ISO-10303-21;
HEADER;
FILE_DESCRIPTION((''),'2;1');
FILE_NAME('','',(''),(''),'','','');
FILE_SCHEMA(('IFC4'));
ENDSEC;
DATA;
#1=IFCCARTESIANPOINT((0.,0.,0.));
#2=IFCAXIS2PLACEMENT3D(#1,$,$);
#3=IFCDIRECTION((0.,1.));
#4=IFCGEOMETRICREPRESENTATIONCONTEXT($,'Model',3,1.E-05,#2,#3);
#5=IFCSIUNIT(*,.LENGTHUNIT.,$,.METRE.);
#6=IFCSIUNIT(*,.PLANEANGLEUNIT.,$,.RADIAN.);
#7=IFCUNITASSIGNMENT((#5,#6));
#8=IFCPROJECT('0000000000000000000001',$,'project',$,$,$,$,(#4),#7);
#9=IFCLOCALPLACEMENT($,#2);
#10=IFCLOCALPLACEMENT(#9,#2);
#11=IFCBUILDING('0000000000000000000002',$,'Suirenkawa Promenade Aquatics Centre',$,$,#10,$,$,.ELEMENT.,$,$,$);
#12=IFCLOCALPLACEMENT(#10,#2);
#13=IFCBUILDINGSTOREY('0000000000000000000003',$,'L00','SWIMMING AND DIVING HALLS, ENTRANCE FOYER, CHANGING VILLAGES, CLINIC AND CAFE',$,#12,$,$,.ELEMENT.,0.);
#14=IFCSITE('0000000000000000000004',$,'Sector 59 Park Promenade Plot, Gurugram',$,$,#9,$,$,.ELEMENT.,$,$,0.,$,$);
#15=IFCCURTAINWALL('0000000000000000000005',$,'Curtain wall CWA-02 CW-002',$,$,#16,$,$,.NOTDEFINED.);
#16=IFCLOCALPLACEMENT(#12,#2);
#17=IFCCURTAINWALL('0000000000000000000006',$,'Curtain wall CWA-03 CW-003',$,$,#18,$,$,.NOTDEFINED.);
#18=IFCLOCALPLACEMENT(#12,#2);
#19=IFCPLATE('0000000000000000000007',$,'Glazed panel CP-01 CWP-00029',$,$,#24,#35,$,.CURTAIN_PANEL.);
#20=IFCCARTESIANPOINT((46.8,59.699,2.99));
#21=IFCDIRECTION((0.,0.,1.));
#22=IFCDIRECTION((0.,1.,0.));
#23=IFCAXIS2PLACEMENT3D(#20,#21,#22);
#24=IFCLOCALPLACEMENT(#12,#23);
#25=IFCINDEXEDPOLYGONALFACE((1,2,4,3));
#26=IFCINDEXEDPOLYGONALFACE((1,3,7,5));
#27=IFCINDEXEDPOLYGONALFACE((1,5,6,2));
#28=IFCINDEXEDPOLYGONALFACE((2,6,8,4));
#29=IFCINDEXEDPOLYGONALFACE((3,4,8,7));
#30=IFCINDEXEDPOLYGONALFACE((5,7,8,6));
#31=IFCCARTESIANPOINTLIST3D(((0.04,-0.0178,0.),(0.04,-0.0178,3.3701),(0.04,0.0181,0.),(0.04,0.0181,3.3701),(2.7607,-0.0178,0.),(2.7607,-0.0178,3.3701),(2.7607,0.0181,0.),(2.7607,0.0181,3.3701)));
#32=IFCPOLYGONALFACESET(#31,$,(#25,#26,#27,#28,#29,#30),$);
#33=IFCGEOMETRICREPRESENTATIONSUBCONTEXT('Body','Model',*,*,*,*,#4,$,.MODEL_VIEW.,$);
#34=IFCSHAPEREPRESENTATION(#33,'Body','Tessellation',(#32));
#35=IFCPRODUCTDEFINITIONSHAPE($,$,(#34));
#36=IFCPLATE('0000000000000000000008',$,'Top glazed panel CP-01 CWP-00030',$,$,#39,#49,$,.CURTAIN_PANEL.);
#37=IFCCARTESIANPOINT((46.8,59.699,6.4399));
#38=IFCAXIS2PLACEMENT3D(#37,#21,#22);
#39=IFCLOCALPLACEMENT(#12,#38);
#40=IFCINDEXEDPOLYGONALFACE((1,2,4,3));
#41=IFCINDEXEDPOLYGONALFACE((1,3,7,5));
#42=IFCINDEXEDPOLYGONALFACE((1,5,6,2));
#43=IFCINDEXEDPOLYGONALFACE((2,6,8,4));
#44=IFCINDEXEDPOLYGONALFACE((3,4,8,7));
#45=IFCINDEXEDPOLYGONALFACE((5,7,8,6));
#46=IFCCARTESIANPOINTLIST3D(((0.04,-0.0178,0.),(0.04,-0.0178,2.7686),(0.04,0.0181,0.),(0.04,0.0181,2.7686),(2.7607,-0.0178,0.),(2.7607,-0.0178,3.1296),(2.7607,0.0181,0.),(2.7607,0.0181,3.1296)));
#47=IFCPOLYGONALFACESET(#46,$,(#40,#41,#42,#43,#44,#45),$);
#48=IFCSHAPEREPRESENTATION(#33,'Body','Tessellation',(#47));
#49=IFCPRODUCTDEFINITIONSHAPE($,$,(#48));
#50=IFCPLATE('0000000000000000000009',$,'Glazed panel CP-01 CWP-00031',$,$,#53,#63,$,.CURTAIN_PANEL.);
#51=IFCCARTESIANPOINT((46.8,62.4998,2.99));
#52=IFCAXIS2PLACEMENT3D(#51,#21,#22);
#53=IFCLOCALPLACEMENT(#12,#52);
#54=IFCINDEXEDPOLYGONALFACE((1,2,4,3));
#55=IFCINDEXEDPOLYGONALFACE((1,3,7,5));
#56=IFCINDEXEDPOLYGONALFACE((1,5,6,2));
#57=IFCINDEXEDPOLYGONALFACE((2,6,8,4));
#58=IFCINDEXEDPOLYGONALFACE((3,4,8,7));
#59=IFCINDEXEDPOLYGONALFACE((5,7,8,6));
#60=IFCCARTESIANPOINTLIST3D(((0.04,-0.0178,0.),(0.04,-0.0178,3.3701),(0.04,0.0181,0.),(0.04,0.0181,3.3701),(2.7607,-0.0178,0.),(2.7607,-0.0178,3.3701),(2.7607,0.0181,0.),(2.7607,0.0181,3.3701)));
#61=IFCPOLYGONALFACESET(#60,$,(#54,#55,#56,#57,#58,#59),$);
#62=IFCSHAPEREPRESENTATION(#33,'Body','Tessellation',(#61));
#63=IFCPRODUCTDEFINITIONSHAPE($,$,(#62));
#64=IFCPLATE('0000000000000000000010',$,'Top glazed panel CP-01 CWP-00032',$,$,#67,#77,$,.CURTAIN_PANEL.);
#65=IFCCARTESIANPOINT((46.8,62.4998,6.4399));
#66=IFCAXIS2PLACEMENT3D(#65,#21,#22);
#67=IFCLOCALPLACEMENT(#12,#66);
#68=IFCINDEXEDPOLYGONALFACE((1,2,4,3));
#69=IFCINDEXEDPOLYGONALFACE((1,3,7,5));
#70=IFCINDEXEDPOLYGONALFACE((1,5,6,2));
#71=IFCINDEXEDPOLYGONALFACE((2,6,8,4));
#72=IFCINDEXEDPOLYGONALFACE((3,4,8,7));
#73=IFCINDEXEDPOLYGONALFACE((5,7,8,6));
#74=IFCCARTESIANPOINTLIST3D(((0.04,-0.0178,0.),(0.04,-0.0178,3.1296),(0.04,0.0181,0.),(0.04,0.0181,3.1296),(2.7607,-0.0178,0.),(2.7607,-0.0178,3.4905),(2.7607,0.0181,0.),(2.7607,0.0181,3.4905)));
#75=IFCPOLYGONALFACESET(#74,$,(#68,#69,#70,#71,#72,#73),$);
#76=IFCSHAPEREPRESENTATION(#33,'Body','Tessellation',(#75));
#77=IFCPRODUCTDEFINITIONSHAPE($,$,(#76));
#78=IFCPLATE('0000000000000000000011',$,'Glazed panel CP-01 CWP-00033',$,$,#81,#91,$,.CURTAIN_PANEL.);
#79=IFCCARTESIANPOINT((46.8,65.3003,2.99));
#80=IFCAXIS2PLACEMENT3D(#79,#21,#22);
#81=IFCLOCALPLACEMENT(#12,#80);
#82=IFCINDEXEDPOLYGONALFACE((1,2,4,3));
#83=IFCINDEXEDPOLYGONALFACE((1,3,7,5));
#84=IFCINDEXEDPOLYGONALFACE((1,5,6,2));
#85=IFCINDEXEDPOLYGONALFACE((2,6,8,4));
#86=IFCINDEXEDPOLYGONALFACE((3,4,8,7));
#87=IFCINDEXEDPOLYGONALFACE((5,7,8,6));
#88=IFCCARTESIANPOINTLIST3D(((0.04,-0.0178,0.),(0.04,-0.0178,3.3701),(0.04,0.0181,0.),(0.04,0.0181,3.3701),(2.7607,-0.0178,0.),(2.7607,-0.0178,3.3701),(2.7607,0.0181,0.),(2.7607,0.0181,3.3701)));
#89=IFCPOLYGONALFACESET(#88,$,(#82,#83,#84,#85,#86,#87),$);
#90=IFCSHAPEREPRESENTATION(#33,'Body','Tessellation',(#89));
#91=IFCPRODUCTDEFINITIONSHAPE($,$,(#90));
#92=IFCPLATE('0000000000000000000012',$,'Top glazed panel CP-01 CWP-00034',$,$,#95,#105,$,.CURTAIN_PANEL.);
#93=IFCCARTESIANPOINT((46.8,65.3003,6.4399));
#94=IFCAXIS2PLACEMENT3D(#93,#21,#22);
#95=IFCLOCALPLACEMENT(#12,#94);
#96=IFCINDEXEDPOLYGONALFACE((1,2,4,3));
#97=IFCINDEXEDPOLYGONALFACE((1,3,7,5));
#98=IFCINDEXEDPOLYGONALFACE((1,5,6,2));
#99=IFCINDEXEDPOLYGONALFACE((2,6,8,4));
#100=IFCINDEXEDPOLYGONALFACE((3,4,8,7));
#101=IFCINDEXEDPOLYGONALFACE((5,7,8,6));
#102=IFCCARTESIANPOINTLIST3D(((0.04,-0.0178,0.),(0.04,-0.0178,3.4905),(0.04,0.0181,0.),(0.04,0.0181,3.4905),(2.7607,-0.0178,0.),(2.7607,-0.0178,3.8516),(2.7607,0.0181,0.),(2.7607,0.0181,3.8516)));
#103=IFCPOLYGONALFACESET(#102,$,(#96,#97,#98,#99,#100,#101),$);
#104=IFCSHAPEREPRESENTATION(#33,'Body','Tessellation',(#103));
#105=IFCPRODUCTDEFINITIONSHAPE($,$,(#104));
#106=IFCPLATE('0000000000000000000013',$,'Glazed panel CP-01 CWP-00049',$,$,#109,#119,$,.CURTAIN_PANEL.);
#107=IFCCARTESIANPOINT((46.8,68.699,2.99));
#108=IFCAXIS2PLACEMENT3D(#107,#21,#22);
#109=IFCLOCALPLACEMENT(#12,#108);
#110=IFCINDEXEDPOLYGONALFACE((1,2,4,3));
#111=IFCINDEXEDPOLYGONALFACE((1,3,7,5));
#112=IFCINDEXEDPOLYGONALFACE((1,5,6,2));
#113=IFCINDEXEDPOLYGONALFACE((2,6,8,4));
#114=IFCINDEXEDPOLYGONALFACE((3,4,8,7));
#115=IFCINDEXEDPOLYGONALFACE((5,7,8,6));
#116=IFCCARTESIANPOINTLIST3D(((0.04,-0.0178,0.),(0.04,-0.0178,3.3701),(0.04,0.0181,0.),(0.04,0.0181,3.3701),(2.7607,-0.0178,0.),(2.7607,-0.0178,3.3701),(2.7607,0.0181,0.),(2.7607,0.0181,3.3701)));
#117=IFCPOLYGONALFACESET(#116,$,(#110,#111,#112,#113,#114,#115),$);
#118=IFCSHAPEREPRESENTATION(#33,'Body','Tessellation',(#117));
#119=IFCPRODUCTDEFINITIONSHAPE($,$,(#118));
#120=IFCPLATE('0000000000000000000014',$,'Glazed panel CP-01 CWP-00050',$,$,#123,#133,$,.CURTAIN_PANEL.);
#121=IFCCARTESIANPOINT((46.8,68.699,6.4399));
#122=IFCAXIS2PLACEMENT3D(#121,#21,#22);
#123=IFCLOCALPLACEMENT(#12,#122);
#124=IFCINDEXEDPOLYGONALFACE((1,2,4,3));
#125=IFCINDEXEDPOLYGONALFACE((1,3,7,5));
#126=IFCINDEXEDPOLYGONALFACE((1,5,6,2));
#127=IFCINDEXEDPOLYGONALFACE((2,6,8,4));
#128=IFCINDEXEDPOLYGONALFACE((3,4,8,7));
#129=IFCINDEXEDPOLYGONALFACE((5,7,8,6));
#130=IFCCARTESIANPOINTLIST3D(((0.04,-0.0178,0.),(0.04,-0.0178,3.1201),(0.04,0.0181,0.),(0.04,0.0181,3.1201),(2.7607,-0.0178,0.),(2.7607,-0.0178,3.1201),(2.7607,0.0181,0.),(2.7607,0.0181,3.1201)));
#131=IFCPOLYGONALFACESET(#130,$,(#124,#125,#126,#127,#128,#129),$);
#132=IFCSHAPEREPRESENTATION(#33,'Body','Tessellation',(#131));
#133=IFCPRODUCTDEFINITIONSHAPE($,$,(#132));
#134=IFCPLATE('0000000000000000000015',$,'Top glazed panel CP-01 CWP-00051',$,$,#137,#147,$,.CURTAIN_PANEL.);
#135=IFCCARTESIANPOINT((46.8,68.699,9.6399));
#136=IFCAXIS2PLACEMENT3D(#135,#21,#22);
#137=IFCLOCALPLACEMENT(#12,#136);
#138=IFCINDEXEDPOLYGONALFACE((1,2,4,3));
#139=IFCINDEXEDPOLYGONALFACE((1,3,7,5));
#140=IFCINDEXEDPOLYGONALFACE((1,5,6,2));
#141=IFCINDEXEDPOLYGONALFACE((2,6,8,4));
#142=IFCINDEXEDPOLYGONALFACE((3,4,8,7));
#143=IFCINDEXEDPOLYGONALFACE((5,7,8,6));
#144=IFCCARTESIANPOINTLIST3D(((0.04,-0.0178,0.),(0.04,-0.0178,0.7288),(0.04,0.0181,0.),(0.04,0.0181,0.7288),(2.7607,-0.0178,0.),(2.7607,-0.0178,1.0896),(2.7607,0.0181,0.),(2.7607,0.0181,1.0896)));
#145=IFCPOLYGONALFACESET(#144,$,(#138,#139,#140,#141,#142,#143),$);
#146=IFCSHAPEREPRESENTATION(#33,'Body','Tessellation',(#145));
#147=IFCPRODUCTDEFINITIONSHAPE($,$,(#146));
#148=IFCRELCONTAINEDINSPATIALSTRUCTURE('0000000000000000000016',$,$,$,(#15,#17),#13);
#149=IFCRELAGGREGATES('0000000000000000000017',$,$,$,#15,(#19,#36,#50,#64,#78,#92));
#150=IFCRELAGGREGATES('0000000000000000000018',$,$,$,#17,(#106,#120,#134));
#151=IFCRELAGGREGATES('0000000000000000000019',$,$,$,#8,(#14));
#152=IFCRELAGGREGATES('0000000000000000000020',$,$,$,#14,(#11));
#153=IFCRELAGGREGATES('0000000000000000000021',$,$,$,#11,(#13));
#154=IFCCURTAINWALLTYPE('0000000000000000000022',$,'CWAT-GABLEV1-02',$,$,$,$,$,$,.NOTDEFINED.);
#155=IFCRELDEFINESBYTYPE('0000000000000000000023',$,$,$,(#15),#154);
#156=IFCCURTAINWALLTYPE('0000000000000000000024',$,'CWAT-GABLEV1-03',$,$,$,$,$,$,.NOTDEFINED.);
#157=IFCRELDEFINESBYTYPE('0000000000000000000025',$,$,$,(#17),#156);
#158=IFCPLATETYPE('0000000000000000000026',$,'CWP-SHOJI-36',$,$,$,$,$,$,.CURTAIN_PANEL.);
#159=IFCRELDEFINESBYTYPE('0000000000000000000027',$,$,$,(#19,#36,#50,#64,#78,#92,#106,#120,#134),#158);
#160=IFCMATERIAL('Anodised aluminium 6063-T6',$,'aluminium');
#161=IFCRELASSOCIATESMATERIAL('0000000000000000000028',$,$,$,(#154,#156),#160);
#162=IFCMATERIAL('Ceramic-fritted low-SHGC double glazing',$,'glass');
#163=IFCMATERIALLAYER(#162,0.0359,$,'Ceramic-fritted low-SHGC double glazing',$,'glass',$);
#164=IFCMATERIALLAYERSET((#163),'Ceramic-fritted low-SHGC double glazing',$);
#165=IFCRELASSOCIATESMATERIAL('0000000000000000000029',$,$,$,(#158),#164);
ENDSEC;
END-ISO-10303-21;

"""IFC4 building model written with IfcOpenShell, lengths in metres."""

from ifc_helpers import new_model, si_unit, direction, frame, origin, place, context, subcontext, project, spatial, polyline, outline, extrude, material, layer, layer_set, type_object, element, aggregate, save


model = new_model("IFC4")

# Units and contexts
model_context = context("Model", 3, precision=1e-05, world=origin(), true_north=direction((0.0, 1.0)))
body_context = subcontext(model_context, "Body", "Model", "MODEL_VIEW")
ifc_project = project(units=[si_unit("LENGTHUNIT", "METRE"), si_unit("PLANEANGLEUNIT", "RADIAN")], contexts=[model_context])

# Site, building, storey
site_placement = place(None, origin())
site = spatial("IfcSite", under=ifc_project, at=site_placement, Name="Sector 59 Park Promenade Plot, Gurugram", CompositionType="ELEMENT", RefElevation=0.0)
building_placement = place(site_placement, origin())
building = spatial("IfcBuilding", under=site, at=building_placement, Name="Suirenkawa Promenade Aquatics Centre", CompositionType="ELEMENT")
storey_placement = place(building_placement, origin())
storey = spatial("IfcBuildingStorey", under=building, at=storey_placement, Name="L00", Description="SWIMMING AND DIVING HALLS, ENTRANCE FOYER, CHANGING VILLAGES, CLINIC AND CAFE", CompositionType="ELEMENT", Elevation=0.0)

# Shared definitions
ifc_material_1 = material(Name="Anodised aluminium 6063-T6", Category="aluminium")

# Curtain walls
curtain_wall_type_1 = type_object("IfcCurtainWallType", Name="CWAT-GABLEV1-02", PredefinedType="NOTDEFINED", material=ifc_material_1)
curtain_wall_1_placement = place(storey_placement, origin())
curtain_wall_1 = element("IfcCurtainWall", 1, at=curtain_wall_1_placement, inside=storey, type_object=curtain_wall_type_1, Name="Curtain wall CWA-02 CW-002", PredefinedType="NOTDEFINED")
curtain_wall_type_2 = type_object("IfcCurtainWallType", Name="CWAT-GABLEV1-03", PredefinedType="NOTDEFINED", material=ifc_material_1)
curtain_wall_2_placement = place(storey_placement, origin())
curtain_wall_2 = element("IfcCurtainWall", 2, at=curtain_wall_2_placement, inside=storey, type_object=curtain_wall_type_2, Name="Curtain wall CWA-03 CW-003", PredefinedType="NOTDEFINED")

# Plates
ifc_material_2 = material(Name="Ceramic-fritted low-SHGC double glazing", Category="glass")
ifc_layer_1 = layer(ifc_material_2, 0.0359, Name="Ceramic-fritted low-SHGC double glazing", Category="glass")
ifc_layer_set_1 = layer_set([ifc_layer_1], Name="Ceramic-fritted low-SHGC double glazing")
plate_type = type_object("IfcPlateType", Name="CWP-SHOJI-36", PredefinedType="CURTAIN_PANEL", material=ifc_layer_set_1)
plate_1_placement = place(storey_placement, frame((46.8, 59.699, 2.99), z_axis=(0.0, 0.0, 1.0), x_axis=(0.0, 1.0, 0.0)))
plate_1 = element("IfcPlate", 3, at=plate_1_placement, type_object=plate_type, Name="Glazed panel CP-01 CWP-00029", PredefinedType="CURTAIN_PANEL", context=body_context, shape_type="SweptSolid", body=[
    extrude(outline(polyline([(0.04, 0.0), (2.7607, 0.0), (2.7607, 3.3701), (0.04, 3.3701), (0.04, 0.0)])), frame((0.0, 0.0181, 0.0), z_axis=(0.0, -1.0, 0.0), x_axis=(1.0, 0.0, 0.0)), (0.0, 0.0, 1.0), 0.0359),
])
plate_2_placement = place(storey_placement, frame((46.8, 59.699, 6.4399), z_axis=(0.0, 0.0, 1.0), x_axis=(0.0, 1.0, 0.0)))
plate_2 = element("IfcPlate", 4, at=plate_2_placement, type_object=plate_type, Name="Top glazed panel CP-01 CWP-00030", PredefinedType="CURTAIN_PANEL", context=body_context, shape_type="SweptSolid", body=[
    extrude(outline(polyline([(0.04, 0.0), (2.7607, 0.0), (2.7607, 3.1296), (0.04, 2.7686), (0.04, 0.0)])), frame((0.0, 0.0181, 0.0), z_axis=(0.0, -1.0, 0.0), x_axis=(1.0, 0.0, 0.0)), (0.0, 0.0, 1.0), 0.0359),
])
plate_3_placement = place(storey_placement, frame((46.8, 62.4998, 2.99), z_axis=(0.0, 0.0, 1.0), x_axis=(0.0, 1.0, 0.0)))
plate_3 = element("IfcPlate", 5, at=plate_3_placement, type_object=plate_type, Name="Glazed panel CP-01 CWP-00031", PredefinedType="CURTAIN_PANEL", context=body_context, shape_type="SweptSolid", body=[
    extrude(outline(polyline([(0.04, 0.0), (2.7607, 0.0), (2.7607, 3.3701), (0.04, 3.3701), (0.04, 0.0)])), frame((0.0, 0.0181, 0.0), z_axis=(0.0, -1.0, 0.0), x_axis=(1.0, 0.0, 0.0)), (0.0, 0.0, 1.0), 0.0359),
])
plate_4_placement = place(storey_placement, frame((46.8, 62.4998, 6.4399), z_axis=(0.0, 0.0, 1.0), x_axis=(0.0, 1.0, 0.0)))
plate_4 = element("IfcPlate", 6, at=plate_4_placement, type_object=plate_type, Name="Top glazed panel CP-01 CWP-00032", PredefinedType="CURTAIN_PANEL", context=body_context, shape_type="SweptSolid", body=[
    extrude(outline(polyline([(0.04, 0.0), (2.7607, 0.0), (2.7607, 3.4905), (0.04, 3.1296), (0.04, 0.0)])), frame((0.0, 0.0181, 0.0), z_axis=(0.0, -1.0, 0.0), x_axis=(1.0, 0.0, 0.0)), (0.0, 0.0, 1.0), 0.0359),
])
plate_5_placement = place(storey_placement, frame((46.8, 65.3003, 2.99), z_axis=(0.0, 0.0, 1.0), x_axis=(0.0, 1.0, 0.0)))
plate_5 = element("IfcPlate", 7, at=plate_5_placement, type_object=plate_type, Name="Glazed panel CP-01 CWP-00033", PredefinedType="CURTAIN_PANEL", context=body_context, shape_type="SweptSolid", body=[
    extrude(outline(polyline([(0.04, 0.0), (2.7607, 0.0), (2.7607, 3.3701), (0.04, 3.3701), (0.04, 0.0)])), frame((0.0, 0.0181, 0.0), z_axis=(0.0, -1.0, 0.0), x_axis=(1.0, 0.0, 0.0)), (0.0, 0.0, 1.0), 0.0359),
])
plate_6_placement = place(storey_placement, frame((46.8, 65.3003, 6.4399), z_axis=(0.0, 0.0, 1.0), x_axis=(0.0, 1.0, 0.0)))
plate_6 = element("IfcPlate", 8, at=plate_6_placement, type_object=plate_type, Name="Top glazed panel CP-01 CWP-00034", PredefinedType="CURTAIN_PANEL", context=body_context, shape_type="SweptSolid", body=[
    extrude(outline(polyline([(0.04, 0.0), (2.7607, 0.0), (2.7607, 3.8516), (0.04, 3.4905), (0.04, 0.0)])), frame((0.0, 0.0181, 0.0), z_axis=(0.0, -1.0, 0.0), x_axis=(1.0, 0.0, 0.0)), (0.0, 0.0, 1.0), 0.0359),
])
aggregate(curtain_wall_1, [plate_1, plate_2, plate_3, plate_4, plate_5, plate_6])
plate_7_placement = place(storey_placement, frame((46.8, 68.699, 2.99), z_axis=(0.0, 0.0, 1.0), x_axis=(0.0, 1.0, 0.0)))
plate_7 = element("IfcPlate", 9, at=plate_7_placement, type_object=plate_type, Name="Glazed panel CP-01 CWP-00049", PredefinedType="CURTAIN_PANEL", context=body_context, shape_type="SweptSolid", body=[
    extrude(outline(polyline([(0.04, 0.0), (2.7607, 0.0), (2.7607, 3.3701), (0.04, 3.3701), (0.04, 0.0)])), frame((0.0, 0.0181, 0.0), z_axis=(0.0, -1.0, 0.0), x_axis=(1.0, 0.0, 0.0)), (0.0, 0.0, 1.0), 0.0359),
])
plate_8_placement = place(storey_placement, frame((46.8, 68.699, 6.4399), z_axis=(0.0, 0.0, 1.0), x_axis=(0.0, 1.0, 0.0)))
plate_8 = element("IfcPlate", 10, at=plate_8_placement, type_object=plate_type, Name="Glazed panel CP-01 CWP-00050", PredefinedType="CURTAIN_PANEL", context=body_context, shape_type="SweptSolid", body=[
    extrude(outline(polyline([(0.04, 0.0), (2.7607, 0.0), (2.7607, 3.1201), (0.04, 3.1201), (0.04, 0.0)])), frame((0.0, 0.0181, 0.0), z_axis=(0.0, -1.0, 0.0), x_axis=(1.0, 0.0, 0.0)), (0.0, 0.0, 1.0), 0.0359),
])
plate_9_placement = place(storey_placement, frame((46.8, 68.699, 9.6399), z_axis=(0.0, 0.0, 1.0), x_axis=(0.0, 1.0, 0.0)))
plate_9 = element("IfcPlate", 11, at=plate_9_placement, type_object=plate_type, Name="Top glazed panel CP-01 CWP-00051", PredefinedType="CURTAIN_PANEL", context=body_context, shape_type="SweptSolid", body=[
    extrude(outline(polyline([(0.04, 0.0), (2.7607, 0.0), (2.7607, 1.0896), (0.04, 0.7288), (0.04, 0.0)])), frame((0.0, 0.0181, 0.0), z_axis=(0.0, -1.0, 0.0), x_axis=(1.0, 0.0, 0.0)), (0.0, 0.0, 1.0), 0.0359),
])
aggregate(curtain_wall_2, [plate_7, plate_8, plate_9])

save(model, "model.ifc")
